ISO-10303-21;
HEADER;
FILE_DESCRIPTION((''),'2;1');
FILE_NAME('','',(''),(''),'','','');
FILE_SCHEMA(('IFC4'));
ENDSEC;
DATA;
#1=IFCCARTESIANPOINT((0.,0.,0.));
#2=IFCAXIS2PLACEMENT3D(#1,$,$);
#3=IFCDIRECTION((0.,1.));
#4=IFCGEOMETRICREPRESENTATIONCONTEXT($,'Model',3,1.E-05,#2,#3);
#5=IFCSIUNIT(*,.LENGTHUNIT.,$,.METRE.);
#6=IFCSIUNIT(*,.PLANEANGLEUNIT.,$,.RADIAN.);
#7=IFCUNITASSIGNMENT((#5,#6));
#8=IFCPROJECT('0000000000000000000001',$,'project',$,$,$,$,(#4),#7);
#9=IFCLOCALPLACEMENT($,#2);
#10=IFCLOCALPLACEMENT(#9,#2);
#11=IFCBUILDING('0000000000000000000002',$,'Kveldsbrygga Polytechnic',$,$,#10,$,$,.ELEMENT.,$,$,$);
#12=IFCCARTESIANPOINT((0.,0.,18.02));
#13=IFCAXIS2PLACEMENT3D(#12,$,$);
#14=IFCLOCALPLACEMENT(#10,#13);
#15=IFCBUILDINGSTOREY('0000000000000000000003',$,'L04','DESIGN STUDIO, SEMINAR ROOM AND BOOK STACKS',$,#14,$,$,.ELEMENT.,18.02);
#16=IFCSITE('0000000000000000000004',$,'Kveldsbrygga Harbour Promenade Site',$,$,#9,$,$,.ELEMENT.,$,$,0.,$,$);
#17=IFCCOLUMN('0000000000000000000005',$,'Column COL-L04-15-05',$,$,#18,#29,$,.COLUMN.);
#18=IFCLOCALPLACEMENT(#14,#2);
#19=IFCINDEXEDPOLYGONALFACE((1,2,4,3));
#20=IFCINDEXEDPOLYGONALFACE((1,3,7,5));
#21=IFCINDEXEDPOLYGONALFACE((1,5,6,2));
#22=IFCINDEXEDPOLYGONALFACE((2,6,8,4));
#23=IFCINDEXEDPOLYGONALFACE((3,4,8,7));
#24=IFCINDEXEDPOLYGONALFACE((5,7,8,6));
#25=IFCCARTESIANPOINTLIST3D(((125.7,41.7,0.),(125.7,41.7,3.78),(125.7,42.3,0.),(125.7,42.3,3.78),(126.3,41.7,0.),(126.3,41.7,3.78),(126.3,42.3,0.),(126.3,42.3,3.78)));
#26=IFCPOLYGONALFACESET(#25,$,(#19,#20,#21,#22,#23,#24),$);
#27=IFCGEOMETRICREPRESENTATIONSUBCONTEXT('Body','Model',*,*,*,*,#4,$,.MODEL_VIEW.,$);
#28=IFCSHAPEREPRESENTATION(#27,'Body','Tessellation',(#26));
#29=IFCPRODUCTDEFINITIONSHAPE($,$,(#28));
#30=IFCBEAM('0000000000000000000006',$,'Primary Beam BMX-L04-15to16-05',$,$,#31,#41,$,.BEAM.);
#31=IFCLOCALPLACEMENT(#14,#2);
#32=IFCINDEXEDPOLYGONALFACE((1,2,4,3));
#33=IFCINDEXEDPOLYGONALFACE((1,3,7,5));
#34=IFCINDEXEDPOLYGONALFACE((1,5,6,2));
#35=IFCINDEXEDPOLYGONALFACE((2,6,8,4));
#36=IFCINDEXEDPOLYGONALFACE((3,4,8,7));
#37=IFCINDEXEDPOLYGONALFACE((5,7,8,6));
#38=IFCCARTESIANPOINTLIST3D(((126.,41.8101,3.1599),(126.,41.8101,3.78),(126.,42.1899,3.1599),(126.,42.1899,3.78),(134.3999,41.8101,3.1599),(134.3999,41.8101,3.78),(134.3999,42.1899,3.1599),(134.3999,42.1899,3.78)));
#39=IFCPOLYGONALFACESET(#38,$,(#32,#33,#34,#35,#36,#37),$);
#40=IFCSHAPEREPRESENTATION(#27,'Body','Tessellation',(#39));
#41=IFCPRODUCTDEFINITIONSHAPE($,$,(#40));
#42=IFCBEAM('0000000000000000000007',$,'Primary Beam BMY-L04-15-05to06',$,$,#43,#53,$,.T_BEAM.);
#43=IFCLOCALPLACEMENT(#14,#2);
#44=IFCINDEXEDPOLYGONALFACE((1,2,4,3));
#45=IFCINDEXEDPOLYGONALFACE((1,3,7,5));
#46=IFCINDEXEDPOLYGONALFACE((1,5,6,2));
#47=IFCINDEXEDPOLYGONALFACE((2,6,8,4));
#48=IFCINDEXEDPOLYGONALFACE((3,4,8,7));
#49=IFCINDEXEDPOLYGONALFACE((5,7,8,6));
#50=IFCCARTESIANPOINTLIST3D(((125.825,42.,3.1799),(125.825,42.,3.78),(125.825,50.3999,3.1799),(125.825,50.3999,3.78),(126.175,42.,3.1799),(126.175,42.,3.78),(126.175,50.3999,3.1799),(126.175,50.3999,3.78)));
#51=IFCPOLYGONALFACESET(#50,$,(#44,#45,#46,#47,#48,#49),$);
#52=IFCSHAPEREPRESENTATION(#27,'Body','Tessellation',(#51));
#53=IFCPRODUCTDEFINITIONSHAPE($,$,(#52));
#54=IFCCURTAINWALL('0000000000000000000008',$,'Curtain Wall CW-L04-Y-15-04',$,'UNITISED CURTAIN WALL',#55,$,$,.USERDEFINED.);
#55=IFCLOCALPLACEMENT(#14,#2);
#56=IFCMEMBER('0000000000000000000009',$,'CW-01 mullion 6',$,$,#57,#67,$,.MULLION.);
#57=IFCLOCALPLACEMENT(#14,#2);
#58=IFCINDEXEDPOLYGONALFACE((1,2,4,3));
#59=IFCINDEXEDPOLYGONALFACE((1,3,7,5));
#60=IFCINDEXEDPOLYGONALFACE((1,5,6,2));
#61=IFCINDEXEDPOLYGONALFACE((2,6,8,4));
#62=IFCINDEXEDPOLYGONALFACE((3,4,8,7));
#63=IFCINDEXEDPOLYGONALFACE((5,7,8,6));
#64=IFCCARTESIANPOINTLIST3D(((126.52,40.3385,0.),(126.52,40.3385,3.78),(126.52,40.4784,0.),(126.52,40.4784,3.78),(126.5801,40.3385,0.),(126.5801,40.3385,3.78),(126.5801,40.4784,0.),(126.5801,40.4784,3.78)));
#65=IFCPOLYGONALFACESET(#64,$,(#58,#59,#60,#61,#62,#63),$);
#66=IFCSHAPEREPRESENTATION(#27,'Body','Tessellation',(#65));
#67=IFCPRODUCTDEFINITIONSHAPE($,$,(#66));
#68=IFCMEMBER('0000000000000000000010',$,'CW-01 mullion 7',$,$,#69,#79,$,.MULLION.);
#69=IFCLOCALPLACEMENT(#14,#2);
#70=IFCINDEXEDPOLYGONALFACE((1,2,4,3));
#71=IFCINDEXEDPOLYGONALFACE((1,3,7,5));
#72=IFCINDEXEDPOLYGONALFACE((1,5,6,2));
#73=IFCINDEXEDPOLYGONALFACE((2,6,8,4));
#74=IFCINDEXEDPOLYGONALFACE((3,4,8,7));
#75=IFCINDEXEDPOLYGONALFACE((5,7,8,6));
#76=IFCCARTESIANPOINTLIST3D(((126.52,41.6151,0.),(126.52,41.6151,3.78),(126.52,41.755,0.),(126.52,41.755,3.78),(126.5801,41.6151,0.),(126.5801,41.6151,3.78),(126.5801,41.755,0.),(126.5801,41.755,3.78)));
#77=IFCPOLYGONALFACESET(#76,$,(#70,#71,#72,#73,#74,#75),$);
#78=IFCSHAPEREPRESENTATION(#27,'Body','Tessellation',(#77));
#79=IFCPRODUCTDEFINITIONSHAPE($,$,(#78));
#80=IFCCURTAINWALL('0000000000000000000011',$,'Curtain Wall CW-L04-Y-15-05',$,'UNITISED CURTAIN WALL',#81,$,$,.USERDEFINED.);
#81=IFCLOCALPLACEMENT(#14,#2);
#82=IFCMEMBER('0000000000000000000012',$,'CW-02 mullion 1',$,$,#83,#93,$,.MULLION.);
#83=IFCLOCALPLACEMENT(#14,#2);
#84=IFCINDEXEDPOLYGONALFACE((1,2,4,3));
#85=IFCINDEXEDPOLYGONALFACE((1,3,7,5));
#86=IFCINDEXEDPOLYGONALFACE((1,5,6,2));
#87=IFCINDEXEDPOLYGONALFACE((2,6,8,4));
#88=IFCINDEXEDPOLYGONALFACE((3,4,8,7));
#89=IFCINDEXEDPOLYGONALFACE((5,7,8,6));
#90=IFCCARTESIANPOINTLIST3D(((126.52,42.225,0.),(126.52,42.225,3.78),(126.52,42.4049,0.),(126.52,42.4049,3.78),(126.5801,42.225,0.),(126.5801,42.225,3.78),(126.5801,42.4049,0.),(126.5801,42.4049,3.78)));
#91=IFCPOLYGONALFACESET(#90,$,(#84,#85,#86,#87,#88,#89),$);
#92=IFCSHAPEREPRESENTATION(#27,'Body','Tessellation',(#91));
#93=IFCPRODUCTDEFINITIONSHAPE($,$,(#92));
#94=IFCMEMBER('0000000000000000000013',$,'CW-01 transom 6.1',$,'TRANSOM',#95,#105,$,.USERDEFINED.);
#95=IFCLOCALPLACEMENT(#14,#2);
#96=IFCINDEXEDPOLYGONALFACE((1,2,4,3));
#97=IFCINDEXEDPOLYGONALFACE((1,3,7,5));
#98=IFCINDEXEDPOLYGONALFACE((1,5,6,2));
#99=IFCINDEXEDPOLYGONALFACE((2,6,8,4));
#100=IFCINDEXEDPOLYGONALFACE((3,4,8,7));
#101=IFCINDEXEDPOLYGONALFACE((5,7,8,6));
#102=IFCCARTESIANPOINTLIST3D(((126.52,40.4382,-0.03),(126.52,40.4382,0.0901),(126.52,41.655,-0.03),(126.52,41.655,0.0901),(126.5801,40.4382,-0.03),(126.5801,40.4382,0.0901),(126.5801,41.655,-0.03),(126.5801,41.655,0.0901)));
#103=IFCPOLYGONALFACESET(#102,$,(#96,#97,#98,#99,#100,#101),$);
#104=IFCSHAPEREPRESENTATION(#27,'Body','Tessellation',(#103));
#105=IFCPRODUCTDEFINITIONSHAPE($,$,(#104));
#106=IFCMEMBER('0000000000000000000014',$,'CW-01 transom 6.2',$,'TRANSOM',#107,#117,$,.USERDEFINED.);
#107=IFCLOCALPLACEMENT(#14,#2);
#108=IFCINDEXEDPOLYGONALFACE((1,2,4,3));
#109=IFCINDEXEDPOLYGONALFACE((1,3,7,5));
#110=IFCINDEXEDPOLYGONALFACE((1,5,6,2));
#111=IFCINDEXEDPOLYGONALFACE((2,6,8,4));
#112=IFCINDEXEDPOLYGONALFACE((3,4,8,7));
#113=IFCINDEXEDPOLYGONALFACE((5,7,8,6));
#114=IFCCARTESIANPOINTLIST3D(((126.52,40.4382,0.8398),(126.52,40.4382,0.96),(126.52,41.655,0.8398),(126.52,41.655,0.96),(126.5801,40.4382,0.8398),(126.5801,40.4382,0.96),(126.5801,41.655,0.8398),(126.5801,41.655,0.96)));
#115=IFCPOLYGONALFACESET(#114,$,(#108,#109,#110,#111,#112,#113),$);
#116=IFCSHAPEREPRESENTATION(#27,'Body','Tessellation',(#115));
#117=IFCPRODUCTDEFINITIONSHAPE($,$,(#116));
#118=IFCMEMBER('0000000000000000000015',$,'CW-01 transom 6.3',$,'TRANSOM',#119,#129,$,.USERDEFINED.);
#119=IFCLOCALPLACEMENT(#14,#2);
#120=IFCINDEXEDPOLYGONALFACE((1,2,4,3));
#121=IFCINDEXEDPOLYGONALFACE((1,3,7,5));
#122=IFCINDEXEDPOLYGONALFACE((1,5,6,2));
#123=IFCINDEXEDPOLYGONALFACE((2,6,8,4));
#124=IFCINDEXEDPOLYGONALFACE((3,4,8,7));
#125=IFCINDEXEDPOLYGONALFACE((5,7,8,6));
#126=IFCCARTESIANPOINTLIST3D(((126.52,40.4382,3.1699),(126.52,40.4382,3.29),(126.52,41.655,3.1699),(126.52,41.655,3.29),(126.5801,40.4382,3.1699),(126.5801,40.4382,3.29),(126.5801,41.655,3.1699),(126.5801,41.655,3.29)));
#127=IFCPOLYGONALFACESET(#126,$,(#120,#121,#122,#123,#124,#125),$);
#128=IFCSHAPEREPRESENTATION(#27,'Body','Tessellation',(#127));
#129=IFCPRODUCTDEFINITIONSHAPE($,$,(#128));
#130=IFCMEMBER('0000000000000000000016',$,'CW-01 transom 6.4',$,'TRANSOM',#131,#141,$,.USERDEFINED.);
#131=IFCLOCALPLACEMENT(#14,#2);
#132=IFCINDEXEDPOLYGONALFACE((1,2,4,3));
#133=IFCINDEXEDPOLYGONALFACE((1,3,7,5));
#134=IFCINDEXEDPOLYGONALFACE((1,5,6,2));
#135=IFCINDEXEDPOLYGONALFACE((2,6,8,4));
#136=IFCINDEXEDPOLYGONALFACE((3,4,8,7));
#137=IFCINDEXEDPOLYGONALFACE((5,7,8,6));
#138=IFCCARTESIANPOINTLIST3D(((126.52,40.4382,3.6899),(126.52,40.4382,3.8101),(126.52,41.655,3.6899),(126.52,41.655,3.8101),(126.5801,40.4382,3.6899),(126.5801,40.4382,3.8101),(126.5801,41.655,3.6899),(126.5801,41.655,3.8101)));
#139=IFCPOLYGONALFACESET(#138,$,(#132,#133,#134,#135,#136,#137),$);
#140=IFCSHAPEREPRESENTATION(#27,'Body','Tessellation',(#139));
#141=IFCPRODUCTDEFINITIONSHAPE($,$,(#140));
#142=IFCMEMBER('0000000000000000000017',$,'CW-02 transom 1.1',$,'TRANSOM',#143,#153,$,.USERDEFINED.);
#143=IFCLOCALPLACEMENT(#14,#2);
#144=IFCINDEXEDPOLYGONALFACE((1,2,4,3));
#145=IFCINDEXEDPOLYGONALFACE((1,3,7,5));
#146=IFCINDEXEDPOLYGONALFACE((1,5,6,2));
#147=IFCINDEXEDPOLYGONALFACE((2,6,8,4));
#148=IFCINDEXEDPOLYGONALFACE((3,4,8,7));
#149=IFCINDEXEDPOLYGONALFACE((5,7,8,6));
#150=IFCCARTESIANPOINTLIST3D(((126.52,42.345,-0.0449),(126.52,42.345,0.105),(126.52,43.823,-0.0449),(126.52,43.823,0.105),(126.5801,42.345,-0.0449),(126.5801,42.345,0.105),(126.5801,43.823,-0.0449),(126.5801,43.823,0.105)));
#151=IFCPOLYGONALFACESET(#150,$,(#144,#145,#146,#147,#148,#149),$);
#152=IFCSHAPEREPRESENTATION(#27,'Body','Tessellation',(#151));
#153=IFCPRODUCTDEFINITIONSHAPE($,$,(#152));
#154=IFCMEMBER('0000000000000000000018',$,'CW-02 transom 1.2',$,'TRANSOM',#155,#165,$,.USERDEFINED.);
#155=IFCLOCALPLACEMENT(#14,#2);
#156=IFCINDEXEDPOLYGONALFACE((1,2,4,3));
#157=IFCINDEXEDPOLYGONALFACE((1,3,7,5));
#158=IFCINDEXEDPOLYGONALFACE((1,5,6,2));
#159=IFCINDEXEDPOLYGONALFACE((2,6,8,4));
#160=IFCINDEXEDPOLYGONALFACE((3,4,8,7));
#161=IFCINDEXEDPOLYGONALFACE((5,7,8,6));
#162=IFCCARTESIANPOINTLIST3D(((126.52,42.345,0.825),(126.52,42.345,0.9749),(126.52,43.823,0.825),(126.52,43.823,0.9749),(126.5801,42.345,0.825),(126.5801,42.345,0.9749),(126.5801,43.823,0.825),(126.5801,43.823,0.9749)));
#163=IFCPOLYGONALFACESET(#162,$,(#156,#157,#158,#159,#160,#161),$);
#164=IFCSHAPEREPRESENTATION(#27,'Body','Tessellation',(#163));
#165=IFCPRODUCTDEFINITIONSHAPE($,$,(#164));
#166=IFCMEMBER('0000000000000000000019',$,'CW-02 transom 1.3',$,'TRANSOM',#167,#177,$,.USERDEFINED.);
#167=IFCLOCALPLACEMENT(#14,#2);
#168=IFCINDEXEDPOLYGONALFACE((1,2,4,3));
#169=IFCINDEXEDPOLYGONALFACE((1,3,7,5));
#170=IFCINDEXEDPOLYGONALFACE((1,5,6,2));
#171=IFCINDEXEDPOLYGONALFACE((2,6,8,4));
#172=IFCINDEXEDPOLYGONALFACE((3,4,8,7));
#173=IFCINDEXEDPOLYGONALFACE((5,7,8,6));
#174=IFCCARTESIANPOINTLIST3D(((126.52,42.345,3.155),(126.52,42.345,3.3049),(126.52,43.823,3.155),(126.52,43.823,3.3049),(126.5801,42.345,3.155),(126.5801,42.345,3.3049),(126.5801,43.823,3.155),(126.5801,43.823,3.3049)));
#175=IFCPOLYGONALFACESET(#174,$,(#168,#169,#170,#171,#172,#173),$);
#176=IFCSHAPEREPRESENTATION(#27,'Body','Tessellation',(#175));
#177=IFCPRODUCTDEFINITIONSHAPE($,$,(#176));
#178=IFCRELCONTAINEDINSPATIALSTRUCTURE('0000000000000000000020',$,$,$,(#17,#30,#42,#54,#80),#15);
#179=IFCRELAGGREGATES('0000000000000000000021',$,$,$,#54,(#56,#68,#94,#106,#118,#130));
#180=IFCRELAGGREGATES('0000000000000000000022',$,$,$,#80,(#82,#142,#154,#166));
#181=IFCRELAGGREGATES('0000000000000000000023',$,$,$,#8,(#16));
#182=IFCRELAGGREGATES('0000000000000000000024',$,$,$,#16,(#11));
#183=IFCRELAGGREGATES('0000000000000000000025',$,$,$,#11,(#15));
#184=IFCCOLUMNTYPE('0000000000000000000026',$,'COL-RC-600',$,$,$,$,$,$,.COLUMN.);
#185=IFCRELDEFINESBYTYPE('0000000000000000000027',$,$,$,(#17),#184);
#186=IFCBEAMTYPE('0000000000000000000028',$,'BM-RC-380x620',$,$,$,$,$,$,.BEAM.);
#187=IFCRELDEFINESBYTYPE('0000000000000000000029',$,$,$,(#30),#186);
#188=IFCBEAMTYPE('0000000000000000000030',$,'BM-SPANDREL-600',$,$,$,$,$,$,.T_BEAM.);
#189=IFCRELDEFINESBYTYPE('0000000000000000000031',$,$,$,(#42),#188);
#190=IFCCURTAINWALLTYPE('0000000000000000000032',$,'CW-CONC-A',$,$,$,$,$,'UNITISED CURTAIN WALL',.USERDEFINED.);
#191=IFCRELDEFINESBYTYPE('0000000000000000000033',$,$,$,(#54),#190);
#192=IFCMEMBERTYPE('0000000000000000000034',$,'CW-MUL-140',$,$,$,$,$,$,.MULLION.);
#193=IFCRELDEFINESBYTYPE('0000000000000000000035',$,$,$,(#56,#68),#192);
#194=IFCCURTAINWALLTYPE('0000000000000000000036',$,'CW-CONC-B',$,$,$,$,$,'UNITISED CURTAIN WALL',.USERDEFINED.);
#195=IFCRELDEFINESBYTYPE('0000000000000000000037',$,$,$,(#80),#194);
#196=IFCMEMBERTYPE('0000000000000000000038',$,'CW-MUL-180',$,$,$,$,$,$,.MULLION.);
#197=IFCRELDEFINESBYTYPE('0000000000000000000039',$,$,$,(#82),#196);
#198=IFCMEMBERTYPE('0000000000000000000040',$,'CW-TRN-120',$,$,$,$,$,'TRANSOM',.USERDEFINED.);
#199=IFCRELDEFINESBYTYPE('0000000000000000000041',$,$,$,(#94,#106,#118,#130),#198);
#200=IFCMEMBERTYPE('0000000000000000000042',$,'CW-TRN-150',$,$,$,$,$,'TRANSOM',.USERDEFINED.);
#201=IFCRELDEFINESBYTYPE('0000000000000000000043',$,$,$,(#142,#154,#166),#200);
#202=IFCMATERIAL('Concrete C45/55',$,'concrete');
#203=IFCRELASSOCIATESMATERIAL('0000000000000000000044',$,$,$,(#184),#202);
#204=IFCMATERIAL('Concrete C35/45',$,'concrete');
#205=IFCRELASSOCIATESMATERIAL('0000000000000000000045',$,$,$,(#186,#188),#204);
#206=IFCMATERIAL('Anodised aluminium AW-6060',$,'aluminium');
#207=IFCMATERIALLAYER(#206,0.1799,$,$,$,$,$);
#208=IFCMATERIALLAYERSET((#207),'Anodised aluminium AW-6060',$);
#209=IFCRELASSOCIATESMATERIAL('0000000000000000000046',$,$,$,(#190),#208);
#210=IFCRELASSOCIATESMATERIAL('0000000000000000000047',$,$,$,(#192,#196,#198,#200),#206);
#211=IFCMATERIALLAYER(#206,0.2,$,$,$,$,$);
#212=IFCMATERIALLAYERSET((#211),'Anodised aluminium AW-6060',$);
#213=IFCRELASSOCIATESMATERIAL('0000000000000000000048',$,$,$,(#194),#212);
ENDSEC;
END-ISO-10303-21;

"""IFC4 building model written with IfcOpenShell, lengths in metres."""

from ifc_helpers import new_model, si_unit, direction, frame, origin, origin_2d, place, context, subcontext, project, spatial, rectangle, extrude, material, layer, layer_set, material_profile, profile_set, type_object, element, aggregate, save


model = new_model("IFC4")

# Units and contexts
model_context = context("Model", 3, precision=1e-05, world=origin(), true_north=direction((0.0, 1.0)))
body_context = subcontext(model_context, "Body", "Model", "MODEL_VIEW")
ifc_project = project(units=[si_unit("LENGTHUNIT", "METRE"), si_unit("PLANEANGLEUNIT", "RADIAN")], contexts=[model_context])

# Site, building, storey
site_placement = place(None, origin())
site = spatial("IfcSite", under=ifc_project, at=site_placement, Name="Kveldsbrygga Harbour Promenade Site", CompositionType="ELEMENT", RefElevation=0.0)
building_placement = place(site_placement, origin())
building = spatial("IfcBuilding", under=site, at=building_placement, Name="Kveldsbrygga Polytechnic", CompositionType="ELEMENT")
storey_placement = place(building_placement, frame((0.0, 0.0, 18.02)))
storey = spatial("IfcBuildingStorey", under=building, at=storey_placement, Name="L04", Description="DESIGN STUDIO, SEMINAR ROOM AND BOOK STACKS", CompositionType="ELEMENT", Elevation=18.02)

# Column
ifc_material_1 = material(Name="Concrete C45/55", Category="concrete")
ifc_material_profile_1 = material_profile(ifc_material_1, rectangle(XDim=0.6001, YDim=0.6001, at=origin_2d()), Name="RC 600x600")
ifc_profile_set_1 = profile_set([ifc_material_profile_1], Name="Concrete C45/55")
column_type = type_object("IfcColumnType", Name="COL-RC-600", PredefinedType="COLUMN", material=ifc_profile_set_1)
column_placement = place(storey_placement, frame((126.0, 42.0, 0.0), z_axis=(0.0, 0.0, 1.0), x_axis=(1.0, 0.0, 0.0)))
element("IfcColumn", 1, at=column_placement, inside=storey, type_object=column_type, Name="Column COL-L04-15-05", PredefinedType="COLUMN", context=body_context, shape_type="SweptSolid", body=[
    extrude(rectangle(XDim=0.6001, YDim=0.6001, at=origin_2d()), origin(), (0.0, 0.0, 1.0), 3.78),
])

# Beams
ifc_material_2 = material(Name="Concrete C35/45", Category="concrete")
ifc_material_profile_2 = material_profile(ifc_material_2, rectangle(XDim=0.3799, YDim=0.6201, at=origin_2d()), Name="RC 380x620")
ifc_profile_set_2 = profile_set([ifc_material_profile_2], Name="Concrete C35/45")
beam_type_1 = type_object("IfcBeamType", Name="BM-RC-380x620", PredefinedType="BEAM", material=ifc_profile_set_2)
beam_1_placement = place(storey_placement, frame((126.0, 42.0, 3.47), z_axis=(1.0, 0.0, 0.0), x_axis=(0.0, 1.0, 0.0)))
element("IfcBeam", 2, at=beam_1_placement, inside=storey, type_object=beam_type_1, Name="Primary Beam BMX-L04-15to16-05", PredefinedType="BEAM", context=body_context, shape_type="SweptSolid", body=[
    extrude(rectangle(XDim=0.3799, YDim=0.6201, at=origin_2d()), origin(), (0.0, 0.0, 1.0), 8.3999),
])
ifc_material_profile_3 = material_profile(ifc_material_2, rectangle(XDim=0.3501, YDim=0.6001, at=origin_2d()), Name="RC 350x600")
ifc_profile_set_3 = profile_set([ifc_material_profile_3], Name="Concrete C35/45")
beam_type_2 = type_object("IfcBeamType", Name="BM-SPANDREL-600", PredefinedType="T_BEAM", material=ifc_profile_set_3)
beam_2_placement = place(storey_placement, frame((126.0, 42.0, 3.48), z_axis=(0.0, 1.0, 0.0), x_axis=(-1.0, 0.0, 0.0)))
element("IfcBeam", 3, at=beam_2_placement, inside=storey, type_object=beam_type_2, Name="Primary Beam BMY-L04-15-05to06", PredefinedType="T_BEAM", context=body_context, shape_type="SweptSolid", body=[
    extrude(rectangle(XDim=0.3501, YDim=0.6001, at=origin_2d()), origin(), (0.0, 0.0, 1.0), 8.3999),
])

# Curtain wall, members
ifc_material_3 = material(Name="Anodised aluminium AW-6060", Category="aluminium")
ifc_layer_1 = layer(ifc_material_3, 0.1799)
ifc_layer_set_1 = layer_set([ifc_layer_1], Name="Anodised aluminium AW-6060")
curtain_wall_type_1 = type_object("IfcCurtainWallType", Name="CW-CONC-A", ElementType="UNITISED CURTAIN WALL", PredefinedType="USERDEFINED", material=ifc_layer_set_1)
curtain_wall_1_placement = place(storey_placement, origin())
curtain_wall_1 = element("IfcCurtainWall", 4, at=curtain_wall_1_placement, inside=storey, type_object=curtain_wall_type_1, Name="Curtain Wall CW-L04-Y-15-04", ObjectType="UNITISED CURTAIN WALL", PredefinedType="USERDEFINED")
ifc_material_profile_4 = material_profile(ifc_material_3, rectangle(XDim=0.0601, YDim=0.1399, at=origin_2d()), Name="ALU 60x140")
ifc_profile_set_4 = profile_set([ifc_material_profile_4], Name="Anodised aluminium AW-6060")
member_type_1 = type_object("IfcMemberType", Name="CW-MUL-140", PredefinedType="MULLION", material=ifc_profile_set_4)
member_1_placement = place(storey_placement, frame((126.55, 40.4084, 0.0), z_axis=(0.0, 0.0, 1.0), x_axis=(-1.0, 0.0, 0.0)))
member_1 = element("IfcMember", 5, at=member_1_placement, type_object=member_type_1, Name="CW-01 mullion 6", PredefinedType="MULLION", context=body_context, shape_type="SweptSolid", body=[
    extrude(rectangle(XDim=0.0601, YDim=0.1399, at=origin_2d()), origin(), (0.0, 0.0, 1.0), 3.78),
])
member_2_placement = place(storey_placement, frame((126.55, 41.6851, 0.0), z_axis=(0.0, 0.0, 1.0), x_axis=(-1.0, 0.0, 0.0)))
member_2 = element("IfcMember", 6, at=member_2_placement, type_object=member_type_1, Name="CW-01 mullion 7", PredefinedType="MULLION", context=body_context, shape_type="SweptSolid", body=[
    extrude(rectangle(XDim=0.0601, YDim=0.1399, at=origin_2d()), origin(), (0.0, 0.0, 1.0), 3.78),
])

# Curtain wall, member
ifc_layer_2 = layer(ifc_material_3, 0.2)
ifc_layer_set_2 = layer_set([ifc_layer_2], Name="Anodised aluminium AW-6060")
curtain_wall_type_2 = type_object("IfcCurtainWallType", Name="CW-CONC-B", ElementType="UNITISED CURTAIN WALL", PredefinedType="USERDEFINED", material=ifc_layer_set_2)
curtain_wall_2_placement = place(storey_placement, origin())
curtain_wall_2 = element("IfcCurtainWall", 7, at=curtain_wall_2_placement, inside=storey, type_object=curtain_wall_type_2, Name="Curtain Wall CW-L04-Y-15-05", ObjectType="UNITISED CURTAIN WALL", PredefinedType="USERDEFINED")
ifc_material_profile_5 = material_profile(ifc_material_3, rectangle(XDim=0.0601, YDim=0.1799, at=origin_2d()), Name="ALU 60x180")
ifc_profile_set_5 = profile_set([ifc_material_profile_5], Name="Anodised aluminium AW-6060")
member_type_2 = type_object("IfcMemberType", Name="CW-MUL-180", PredefinedType="MULLION", material=ifc_profile_set_5)
member_3_placement = place(storey_placement, frame((126.55, 42.3149, 0.0), z_axis=(0.0, 0.0, 1.0), x_axis=(-1.0, 0.0, 0.0)))
member_3 = element("IfcMember", 8, at=member_3_placement, type_object=member_type_2, Name="CW-02 mullion 1", PredefinedType="MULLION", context=body_context, shape_type="SweptSolid", body=[
    extrude(rectangle(XDim=0.0601, YDim=0.1799, at=origin_2d()), origin(), (0.0, 0.0, 1.0), 3.78),
])

# Members
ifc_material_profile_6 = material_profile(ifc_material_3, rectangle(XDim=0.0601, YDim=0.1201, at=origin_2d()), Name="ALU 60x120")
ifc_profile_set_6 = profile_set([ifc_material_profile_6], Name="Anodised aluminium AW-6060")
member_type_3 = type_object("IfcMemberType", Name="CW-TRN-120", ElementType="TRANSOM", PredefinedType="USERDEFINED", material=ifc_profile_set_6)
member_4_placement = place(storey_placement, frame((126.55, 40.4382, 0.03), z_axis=(0.0, 1.0, 0.0), x_axis=(-1.0, 0.0, 0.0)))
member_4 = element("IfcMember", 9, at=member_4_placement, type_object=member_type_3, Name="CW-01 transom 6.1", ObjectType="TRANSOM", PredefinedType="USERDEFINED", context=body_context, shape_type="SweptSolid", body=[
    extrude(rectangle(XDim=0.0601, YDim=0.1201, at=origin_2d()), origin(), (0.0, 0.0, 1.0), 1.2168),
])
member_5_placement = place(storey_placement, frame((126.55, 40.4382, 0.8999), z_axis=(0.0, 1.0, 0.0), x_axis=(-1.0, 0.0, 0.0)))
member_5 = element("IfcMember", 10, at=member_5_placement, type_object=member_type_3, Name="CW-01 transom 6.2", ObjectType="TRANSOM", PredefinedType="USERDEFINED", context=body_context, shape_type="SweptSolid", body=[
    extrude(rectangle(XDim=0.0601, YDim=0.1201, at=origin_2d()), origin(), (0.0, 0.0, 1.0), 1.2168),
])
member_6_placement = place(storey_placement, frame((126.55, 40.4382, 3.23), z_axis=(0.0, 1.0, 0.0), x_axis=(-1.0, 0.0, 0.0)))
member_6 = element("IfcMember", 11, at=member_6_placement, type_object=member_type_3, Name="CW-01 transom 6.3", ObjectType="TRANSOM", PredefinedType="USERDEFINED", context=body_context, shape_type="SweptSolid", body=[
    extrude(rectangle(XDim=0.0601, YDim=0.1201, at=origin_2d()), origin(), (0.0, 0.0, 1.0), 1.2168),
])
member_7_placement = place(storey_placement, frame((126.55, 40.4382, 3.75), z_axis=(0.0, 1.0, 0.0), x_axis=(-1.0, 0.0, 0.0)))
member_7 = element("IfcMember", 12, at=member_7_placement, type_object=member_type_3, Name="CW-01 transom 6.4", ObjectType="TRANSOM", PredefinedType="USERDEFINED", context=body_context, shape_type="SweptSolid", body=[
    extrude(rectangle(XDim=0.0601, YDim=0.1201, at=origin_2d()), origin(), (0.0, 0.0, 1.0), 1.2168),
])
ifc_material_profile_7 = material_profile(ifc_material_3, rectangle(XDim=0.0601, YDim=0.1499, at=origin_2d()), Name="ALU 60x150")
ifc_profile_set_7 = profile_set([ifc_material_profile_7], Name="Anodised aluminium AW-6060")
member_type_4 = type_object("IfcMemberType", Name="CW-TRN-150", ElementType="TRANSOM", PredefinedType="USERDEFINED", material=ifc_profile_set_7)
member_8_placement = place(storey_placement, frame((126.55, 42.345, 0.03), z_axis=(0.0, 1.0, 0.0), x_axis=(-1.0, 0.0, 0.0)))
member_8 = element("IfcMember", 13, at=member_8_placement, type_object=member_type_4, Name="CW-02 transom 1.1", ObjectType="TRANSOM", PredefinedType="USERDEFINED", context=body_context, shape_type="SweptSolid", body=[
    extrude(rectangle(XDim=0.0601, YDim=0.1499, at=origin_2d()), origin(), (0.0, 0.0, 1.0), 1.478),
])
member_9_placement = place(storey_placement, frame((126.55, 42.345, 0.8999), z_axis=(0.0, 1.0, 0.0), x_axis=(-1.0, 0.0, 0.0)))
member_9 = element("IfcMember", 14, at=member_9_placement, type_object=member_type_4, Name="CW-02 transom 1.2", ObjectType="TRANSOM", PredefinedType="USERDEFINED", context=body_context, shape_type="SweptSolid", body=[
    extrude(rectangle(XDim=0.0601, YDim=0.1499, at=origin_2d()), origin(), (0.0, 0.0, 1.0), 1.478),
])
member_10_placement = place(storey_placement, frame((126.55, 42.345, 3.23), z_axis=(0.0, 1.0, 0.0), x_axis=(-1.0, 0.0, 0.0)))
member_10 = element("IfcMember", 15, at=member_10_placement, type_object=member_type_4, Name="CW-02 transom 1.3", ObjectType="TRANSOM", PredefinedType="USERDEFINED", context=body_context, shape_type="SweptSolid", body=[
    extrude(rectangle(XDim=0.0601, YDim=0.1499, at=origin_2d()), origin(), (0.0, 0.0, 1.0), 1.478),
])

aggregate(curtain_wall_1, [member_1, member_2, member_4, member_5, member_6, member_7])
aggregate(curtain_wall_2, [member_3, member_8, member_9, member_10])

save(model, "model.ifc")
